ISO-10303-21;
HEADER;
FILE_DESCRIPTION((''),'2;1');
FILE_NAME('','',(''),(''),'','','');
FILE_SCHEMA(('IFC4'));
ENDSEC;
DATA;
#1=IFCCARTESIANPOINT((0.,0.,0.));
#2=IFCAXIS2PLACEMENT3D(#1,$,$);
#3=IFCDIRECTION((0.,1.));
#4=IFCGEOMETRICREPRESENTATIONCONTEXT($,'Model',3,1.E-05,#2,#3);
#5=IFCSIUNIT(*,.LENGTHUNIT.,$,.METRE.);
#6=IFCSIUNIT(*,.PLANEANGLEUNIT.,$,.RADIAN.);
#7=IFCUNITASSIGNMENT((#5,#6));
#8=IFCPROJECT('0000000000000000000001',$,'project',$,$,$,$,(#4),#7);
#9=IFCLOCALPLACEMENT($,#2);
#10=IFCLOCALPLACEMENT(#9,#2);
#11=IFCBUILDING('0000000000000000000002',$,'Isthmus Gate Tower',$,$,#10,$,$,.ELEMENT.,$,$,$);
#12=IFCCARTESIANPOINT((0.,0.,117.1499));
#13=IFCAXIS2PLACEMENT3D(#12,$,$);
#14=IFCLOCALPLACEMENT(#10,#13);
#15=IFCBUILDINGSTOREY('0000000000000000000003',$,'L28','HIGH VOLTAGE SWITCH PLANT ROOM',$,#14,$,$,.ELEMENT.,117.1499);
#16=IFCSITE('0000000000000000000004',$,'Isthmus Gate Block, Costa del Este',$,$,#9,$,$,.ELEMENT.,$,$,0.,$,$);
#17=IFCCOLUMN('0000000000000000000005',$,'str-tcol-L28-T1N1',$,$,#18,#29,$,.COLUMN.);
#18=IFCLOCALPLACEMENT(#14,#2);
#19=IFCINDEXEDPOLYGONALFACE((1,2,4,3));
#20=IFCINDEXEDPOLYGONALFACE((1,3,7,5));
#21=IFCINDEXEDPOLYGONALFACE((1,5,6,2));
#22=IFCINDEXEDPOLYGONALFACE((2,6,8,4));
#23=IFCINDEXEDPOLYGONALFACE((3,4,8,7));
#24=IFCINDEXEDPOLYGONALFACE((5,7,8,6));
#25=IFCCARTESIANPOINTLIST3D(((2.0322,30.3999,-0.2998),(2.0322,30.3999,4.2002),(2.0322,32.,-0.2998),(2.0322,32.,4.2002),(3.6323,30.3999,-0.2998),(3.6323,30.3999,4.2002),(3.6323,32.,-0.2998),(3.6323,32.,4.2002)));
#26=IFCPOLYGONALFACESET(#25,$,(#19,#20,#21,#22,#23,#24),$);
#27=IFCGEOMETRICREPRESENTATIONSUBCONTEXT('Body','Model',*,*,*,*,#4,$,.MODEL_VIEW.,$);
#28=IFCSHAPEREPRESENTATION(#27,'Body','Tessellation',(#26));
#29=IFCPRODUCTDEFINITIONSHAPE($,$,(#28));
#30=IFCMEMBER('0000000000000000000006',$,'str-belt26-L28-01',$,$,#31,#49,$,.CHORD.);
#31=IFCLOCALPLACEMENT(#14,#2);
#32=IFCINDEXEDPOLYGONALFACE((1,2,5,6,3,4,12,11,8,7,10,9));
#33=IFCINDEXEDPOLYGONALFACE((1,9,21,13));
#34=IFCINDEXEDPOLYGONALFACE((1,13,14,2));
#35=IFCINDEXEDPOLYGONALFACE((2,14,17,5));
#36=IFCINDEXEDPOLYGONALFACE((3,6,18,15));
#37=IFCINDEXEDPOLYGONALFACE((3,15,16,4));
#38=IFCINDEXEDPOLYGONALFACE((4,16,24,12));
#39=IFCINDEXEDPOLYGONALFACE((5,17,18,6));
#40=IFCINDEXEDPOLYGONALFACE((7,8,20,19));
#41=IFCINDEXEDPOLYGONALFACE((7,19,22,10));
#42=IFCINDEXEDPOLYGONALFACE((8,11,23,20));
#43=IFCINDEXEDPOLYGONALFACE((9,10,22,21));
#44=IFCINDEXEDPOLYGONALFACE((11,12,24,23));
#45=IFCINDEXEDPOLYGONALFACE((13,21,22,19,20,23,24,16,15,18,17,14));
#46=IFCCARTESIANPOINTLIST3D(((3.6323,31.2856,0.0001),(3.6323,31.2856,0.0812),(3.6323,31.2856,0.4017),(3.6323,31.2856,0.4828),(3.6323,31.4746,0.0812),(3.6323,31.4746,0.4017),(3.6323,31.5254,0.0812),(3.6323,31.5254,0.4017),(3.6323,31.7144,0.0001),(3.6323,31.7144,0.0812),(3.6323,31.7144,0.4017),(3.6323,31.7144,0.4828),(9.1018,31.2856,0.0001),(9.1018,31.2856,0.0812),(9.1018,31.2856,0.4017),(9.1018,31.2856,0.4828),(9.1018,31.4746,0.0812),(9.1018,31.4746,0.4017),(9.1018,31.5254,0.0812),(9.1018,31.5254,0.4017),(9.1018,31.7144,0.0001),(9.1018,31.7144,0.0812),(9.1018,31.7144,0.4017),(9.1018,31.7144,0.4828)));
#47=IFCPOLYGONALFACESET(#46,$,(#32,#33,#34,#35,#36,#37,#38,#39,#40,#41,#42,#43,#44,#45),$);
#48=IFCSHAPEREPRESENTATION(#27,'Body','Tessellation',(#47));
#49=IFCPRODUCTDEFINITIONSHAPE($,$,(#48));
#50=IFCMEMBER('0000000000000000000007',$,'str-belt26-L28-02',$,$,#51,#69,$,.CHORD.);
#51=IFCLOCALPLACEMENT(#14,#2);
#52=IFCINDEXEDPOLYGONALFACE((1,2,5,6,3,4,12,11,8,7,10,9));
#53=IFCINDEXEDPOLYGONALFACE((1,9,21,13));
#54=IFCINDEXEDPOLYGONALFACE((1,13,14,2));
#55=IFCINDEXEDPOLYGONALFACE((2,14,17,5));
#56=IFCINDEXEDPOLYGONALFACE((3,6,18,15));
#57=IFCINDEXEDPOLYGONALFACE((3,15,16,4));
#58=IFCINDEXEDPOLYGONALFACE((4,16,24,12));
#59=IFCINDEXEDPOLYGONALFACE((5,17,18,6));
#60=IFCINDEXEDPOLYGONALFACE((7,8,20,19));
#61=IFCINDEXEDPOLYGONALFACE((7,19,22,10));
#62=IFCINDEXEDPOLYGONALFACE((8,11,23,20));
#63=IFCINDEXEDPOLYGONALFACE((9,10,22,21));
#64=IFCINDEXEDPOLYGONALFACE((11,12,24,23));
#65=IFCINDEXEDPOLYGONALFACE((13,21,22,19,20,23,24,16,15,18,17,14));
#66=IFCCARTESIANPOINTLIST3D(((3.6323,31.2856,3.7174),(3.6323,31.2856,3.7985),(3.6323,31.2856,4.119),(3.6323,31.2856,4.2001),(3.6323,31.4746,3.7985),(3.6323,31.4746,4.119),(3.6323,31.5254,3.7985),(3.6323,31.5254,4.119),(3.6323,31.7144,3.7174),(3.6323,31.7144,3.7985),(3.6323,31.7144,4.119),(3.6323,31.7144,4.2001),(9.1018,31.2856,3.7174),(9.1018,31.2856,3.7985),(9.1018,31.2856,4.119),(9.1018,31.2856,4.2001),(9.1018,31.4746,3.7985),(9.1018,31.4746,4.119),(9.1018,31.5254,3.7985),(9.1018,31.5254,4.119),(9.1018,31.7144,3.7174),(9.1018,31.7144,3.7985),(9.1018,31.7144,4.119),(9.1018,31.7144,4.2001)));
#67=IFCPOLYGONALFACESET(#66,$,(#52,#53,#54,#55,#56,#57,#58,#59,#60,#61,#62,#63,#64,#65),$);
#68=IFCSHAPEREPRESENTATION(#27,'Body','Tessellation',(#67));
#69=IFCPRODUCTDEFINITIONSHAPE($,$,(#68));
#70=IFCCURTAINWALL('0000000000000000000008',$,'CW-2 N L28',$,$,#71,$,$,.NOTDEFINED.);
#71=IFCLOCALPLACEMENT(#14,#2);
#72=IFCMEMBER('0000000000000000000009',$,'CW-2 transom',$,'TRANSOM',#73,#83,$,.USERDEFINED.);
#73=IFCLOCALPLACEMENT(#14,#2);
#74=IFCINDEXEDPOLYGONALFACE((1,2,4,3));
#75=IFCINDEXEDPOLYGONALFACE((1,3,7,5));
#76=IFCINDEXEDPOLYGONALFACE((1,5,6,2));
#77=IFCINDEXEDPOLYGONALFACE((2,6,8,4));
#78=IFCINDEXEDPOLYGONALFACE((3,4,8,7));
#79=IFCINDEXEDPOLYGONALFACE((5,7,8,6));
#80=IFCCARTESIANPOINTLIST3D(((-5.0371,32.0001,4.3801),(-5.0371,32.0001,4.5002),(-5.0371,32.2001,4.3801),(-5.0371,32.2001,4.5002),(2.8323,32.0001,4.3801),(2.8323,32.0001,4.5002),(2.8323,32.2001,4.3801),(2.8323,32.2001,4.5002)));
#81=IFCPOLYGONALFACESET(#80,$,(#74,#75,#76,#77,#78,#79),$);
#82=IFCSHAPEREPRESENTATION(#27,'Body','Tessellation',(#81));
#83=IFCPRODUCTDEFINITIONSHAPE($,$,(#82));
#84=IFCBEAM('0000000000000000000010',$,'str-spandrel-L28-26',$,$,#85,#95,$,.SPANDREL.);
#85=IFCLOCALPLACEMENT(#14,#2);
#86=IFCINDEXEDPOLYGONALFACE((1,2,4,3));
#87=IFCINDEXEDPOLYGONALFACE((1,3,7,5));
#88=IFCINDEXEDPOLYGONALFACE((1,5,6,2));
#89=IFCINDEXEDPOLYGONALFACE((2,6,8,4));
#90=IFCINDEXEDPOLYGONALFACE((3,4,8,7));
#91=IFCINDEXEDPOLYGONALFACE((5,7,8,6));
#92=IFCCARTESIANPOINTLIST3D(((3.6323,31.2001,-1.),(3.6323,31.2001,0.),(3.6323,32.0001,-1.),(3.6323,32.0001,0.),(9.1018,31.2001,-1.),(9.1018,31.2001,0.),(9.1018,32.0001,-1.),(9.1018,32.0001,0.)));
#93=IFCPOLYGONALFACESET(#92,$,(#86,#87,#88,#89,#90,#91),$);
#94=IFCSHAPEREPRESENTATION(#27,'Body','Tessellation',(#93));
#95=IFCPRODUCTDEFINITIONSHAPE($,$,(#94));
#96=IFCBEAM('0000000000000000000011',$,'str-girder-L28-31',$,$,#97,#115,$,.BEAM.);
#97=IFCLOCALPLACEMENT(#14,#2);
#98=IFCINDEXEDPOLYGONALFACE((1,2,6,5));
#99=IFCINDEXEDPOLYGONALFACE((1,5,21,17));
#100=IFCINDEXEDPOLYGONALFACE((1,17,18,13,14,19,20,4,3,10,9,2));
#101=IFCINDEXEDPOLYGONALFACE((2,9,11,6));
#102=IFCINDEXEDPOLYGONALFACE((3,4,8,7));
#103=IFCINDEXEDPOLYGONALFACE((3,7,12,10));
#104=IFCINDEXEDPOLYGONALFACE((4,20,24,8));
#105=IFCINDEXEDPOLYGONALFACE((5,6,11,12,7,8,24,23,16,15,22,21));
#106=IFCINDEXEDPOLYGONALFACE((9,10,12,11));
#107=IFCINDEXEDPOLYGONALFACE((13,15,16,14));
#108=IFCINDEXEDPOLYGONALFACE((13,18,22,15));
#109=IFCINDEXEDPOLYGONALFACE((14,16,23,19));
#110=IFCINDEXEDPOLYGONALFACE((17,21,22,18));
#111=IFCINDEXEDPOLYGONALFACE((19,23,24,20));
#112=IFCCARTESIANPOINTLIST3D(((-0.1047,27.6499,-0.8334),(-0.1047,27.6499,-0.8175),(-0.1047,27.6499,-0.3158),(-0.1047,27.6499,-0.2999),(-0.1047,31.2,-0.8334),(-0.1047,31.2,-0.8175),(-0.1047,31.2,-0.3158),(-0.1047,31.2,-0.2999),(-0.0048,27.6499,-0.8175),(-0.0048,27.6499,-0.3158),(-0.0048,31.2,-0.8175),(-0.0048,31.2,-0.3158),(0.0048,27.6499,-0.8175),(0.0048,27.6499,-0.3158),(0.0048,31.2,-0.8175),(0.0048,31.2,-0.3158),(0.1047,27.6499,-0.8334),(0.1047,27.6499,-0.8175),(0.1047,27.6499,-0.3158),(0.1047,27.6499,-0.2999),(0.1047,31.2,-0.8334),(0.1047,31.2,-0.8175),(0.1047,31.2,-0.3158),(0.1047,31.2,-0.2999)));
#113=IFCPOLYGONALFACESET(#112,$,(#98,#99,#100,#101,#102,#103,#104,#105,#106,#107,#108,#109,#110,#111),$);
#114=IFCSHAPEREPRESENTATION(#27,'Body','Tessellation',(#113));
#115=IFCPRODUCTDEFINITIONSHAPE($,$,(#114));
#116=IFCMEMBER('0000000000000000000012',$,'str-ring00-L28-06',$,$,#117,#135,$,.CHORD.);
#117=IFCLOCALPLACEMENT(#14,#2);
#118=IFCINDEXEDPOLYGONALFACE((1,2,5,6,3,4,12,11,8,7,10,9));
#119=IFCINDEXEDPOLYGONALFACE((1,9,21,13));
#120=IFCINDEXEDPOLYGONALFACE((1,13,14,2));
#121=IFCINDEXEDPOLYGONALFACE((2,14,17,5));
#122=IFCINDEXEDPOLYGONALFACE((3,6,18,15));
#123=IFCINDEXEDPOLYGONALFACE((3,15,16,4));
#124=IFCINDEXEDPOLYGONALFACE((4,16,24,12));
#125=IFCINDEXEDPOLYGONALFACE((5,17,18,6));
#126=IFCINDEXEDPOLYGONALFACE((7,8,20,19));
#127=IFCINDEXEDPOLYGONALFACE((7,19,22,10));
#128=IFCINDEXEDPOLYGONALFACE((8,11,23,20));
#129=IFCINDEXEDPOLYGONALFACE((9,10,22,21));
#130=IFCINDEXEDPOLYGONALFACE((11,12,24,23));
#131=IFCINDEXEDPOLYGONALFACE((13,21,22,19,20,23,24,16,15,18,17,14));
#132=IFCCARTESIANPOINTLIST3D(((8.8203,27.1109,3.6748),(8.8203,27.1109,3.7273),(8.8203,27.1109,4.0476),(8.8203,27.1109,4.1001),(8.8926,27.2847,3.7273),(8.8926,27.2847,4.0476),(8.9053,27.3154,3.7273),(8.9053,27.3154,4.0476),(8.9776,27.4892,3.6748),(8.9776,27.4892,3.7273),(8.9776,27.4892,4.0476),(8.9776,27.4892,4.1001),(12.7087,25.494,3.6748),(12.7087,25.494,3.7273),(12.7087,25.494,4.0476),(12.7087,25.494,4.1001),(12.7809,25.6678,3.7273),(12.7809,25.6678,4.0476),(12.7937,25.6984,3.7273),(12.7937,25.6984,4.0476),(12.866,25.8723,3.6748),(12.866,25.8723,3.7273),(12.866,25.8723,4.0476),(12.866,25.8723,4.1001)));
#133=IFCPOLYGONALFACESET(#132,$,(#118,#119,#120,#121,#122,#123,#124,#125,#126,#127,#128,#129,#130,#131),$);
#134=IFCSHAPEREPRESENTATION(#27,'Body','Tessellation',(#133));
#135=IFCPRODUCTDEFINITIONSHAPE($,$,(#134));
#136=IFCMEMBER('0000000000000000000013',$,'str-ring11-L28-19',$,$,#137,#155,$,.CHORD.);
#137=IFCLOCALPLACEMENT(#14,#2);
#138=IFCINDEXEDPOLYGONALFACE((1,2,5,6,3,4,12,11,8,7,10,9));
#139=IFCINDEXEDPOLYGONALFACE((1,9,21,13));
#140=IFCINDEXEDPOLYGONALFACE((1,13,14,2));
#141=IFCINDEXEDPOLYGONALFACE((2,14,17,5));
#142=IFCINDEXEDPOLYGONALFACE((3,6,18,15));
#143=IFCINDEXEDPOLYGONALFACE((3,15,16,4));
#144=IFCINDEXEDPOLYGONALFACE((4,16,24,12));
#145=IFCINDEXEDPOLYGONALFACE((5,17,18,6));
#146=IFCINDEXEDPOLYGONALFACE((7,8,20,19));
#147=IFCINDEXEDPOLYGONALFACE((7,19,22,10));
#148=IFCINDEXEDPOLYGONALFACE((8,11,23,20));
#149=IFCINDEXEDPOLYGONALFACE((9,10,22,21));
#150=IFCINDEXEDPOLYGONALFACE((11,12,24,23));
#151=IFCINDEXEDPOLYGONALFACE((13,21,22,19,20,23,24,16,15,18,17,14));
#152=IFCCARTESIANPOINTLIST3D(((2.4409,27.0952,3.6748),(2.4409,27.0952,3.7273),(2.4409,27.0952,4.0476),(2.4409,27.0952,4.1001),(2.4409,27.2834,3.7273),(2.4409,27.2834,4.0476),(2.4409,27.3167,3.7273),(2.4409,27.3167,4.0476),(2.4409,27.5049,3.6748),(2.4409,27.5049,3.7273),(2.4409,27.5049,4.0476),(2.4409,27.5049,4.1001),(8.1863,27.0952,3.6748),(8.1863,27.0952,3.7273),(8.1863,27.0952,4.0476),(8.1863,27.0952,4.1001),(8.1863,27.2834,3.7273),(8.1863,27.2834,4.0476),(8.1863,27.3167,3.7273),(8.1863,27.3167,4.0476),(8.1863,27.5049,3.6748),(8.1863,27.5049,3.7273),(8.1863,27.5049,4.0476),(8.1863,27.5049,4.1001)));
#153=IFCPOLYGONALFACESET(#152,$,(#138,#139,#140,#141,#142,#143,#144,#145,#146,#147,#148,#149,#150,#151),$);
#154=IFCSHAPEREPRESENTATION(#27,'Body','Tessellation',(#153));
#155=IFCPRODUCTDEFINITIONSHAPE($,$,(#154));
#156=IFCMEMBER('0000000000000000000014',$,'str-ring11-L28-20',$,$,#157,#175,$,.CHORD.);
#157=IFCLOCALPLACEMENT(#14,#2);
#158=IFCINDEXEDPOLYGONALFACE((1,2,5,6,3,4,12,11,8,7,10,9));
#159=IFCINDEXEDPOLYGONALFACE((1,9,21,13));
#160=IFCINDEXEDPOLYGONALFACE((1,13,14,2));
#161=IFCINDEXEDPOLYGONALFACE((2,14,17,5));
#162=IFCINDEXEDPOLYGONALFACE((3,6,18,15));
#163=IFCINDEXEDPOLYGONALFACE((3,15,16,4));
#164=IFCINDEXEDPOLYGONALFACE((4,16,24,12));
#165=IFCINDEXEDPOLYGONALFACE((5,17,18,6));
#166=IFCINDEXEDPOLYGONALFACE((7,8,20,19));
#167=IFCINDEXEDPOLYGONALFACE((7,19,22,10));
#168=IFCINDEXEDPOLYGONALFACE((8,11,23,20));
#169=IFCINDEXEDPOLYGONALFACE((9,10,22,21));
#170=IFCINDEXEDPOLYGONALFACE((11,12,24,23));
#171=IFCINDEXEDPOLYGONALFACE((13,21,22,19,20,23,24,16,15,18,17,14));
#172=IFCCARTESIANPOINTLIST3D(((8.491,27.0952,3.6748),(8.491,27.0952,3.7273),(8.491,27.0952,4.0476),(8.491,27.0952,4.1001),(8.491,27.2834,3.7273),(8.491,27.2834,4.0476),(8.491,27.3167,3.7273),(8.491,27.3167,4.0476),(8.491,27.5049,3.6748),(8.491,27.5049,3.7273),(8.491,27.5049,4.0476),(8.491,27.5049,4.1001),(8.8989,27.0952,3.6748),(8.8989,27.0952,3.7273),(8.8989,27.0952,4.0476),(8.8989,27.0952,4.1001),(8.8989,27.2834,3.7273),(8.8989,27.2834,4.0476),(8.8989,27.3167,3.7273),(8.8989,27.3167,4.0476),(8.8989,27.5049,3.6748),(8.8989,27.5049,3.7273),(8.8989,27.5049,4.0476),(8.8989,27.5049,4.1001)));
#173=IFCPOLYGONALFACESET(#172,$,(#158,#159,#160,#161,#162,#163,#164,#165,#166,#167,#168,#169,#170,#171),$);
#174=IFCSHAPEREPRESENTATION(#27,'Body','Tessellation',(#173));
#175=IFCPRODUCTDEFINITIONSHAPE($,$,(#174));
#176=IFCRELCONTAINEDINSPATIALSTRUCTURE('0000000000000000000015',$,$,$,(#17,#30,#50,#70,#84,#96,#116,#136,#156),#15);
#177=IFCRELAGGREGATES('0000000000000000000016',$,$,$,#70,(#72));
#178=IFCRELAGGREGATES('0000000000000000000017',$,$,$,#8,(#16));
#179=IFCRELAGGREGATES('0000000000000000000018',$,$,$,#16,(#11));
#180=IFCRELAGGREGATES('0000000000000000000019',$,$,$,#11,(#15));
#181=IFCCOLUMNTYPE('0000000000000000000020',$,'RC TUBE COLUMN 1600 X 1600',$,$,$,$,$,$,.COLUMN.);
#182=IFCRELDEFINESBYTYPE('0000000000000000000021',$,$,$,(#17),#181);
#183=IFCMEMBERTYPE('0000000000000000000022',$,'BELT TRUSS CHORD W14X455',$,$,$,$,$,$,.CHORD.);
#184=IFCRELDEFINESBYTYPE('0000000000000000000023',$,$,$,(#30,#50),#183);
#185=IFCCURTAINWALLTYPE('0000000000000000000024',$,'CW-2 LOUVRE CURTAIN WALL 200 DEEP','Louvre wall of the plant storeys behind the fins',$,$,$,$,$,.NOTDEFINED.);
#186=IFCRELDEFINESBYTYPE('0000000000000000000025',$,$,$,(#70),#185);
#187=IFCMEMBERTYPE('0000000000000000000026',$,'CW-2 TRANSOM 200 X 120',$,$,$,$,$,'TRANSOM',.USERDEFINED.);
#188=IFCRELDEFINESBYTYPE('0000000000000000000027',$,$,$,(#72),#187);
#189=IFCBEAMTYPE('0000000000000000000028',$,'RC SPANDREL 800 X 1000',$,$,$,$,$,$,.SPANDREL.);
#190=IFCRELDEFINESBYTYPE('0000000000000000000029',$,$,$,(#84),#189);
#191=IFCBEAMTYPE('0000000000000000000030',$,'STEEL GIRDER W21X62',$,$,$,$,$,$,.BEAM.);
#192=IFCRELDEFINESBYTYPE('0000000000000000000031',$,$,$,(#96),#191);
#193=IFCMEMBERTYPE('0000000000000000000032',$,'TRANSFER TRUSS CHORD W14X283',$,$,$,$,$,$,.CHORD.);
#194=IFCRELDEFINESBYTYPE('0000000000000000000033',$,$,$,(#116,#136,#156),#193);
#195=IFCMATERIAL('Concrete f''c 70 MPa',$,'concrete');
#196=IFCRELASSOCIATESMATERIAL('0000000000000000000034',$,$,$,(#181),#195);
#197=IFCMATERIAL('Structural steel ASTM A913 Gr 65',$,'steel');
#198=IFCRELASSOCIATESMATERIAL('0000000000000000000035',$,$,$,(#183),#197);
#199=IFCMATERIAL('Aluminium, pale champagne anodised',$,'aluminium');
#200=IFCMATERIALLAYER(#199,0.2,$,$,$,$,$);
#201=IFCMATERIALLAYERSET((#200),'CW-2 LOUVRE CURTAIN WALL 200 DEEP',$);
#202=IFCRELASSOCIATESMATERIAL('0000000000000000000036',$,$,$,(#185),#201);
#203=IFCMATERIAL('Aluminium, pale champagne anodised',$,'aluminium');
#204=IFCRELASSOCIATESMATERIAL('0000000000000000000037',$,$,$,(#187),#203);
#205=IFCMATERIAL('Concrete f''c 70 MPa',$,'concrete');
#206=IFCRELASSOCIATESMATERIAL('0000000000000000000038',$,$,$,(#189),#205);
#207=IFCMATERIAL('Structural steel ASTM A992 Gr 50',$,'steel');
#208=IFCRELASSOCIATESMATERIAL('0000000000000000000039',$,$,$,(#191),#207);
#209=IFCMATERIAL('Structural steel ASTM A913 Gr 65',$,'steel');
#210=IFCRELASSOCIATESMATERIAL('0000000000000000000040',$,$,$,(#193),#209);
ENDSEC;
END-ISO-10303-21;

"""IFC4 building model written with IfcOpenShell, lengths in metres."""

from ifc_helpers import new_model, si_unit, direction, frame, origin, origin_2d, place, context, subcontext, project, spatial, rectangle, i_section, extrude, material, layer, layer_set, material_profile, profile_set, type_object, element, aggregate, save


model = new_model("IFC4")

# Units and contexts
model_context = context("Model", 3, precision=1e-05, world=origin(), true_north=direction((0.0, 1.0)))
body_context = subcontext(model_context, "Body", "Model", "MODEL_VIEW")
ifc_project = project(units=[si_unit("LENGTHUNIT", "METRE"), si_unit("PLANEANGLEUNIT", "RADIAN")], contexts=[model_context])

# Site, building, storey
site_placement = place(None, origin())
site = spatial("IfcSite", under=ifc_project, at=site_placement, Name="Isthmus Gate Block, Costa del Este", CompositionType="ELEMENT", RefElevation=0.0)
building_placement = place(site_placement, origin())
building = spatial("IfcBuilding", under=site, at=building_placement, Name="Isthmus Gate Tower", CompositionType="ELEMENT")
storey_placement = place(building_placement, frame((0.0, 0.0, 117.1499)))
storey = spatial("IfcBuildingStorey", under=building, at=storey_placement, Name="L28", Description="HIGH VOLTAGE SWITCH PLANT ROOM", CompositionType="ELEMENT", Elevation=117.1499)

# Column
ifc_material_1 = material(Name="Concrete f'c 70 MPa", Category="concrete")
ifc_material_profile_1 = material_profile(ifc_material_1, rectangle(XDim=1.6001, YDim=1.6001, at=origin_2d()), Name="RC 1600X1600")
ifc_profile_set_1 = profile_set([ifc_material_profile_1], Name="Concrete f'c 70 MPa")
column_type = type_object("IfcColumnType", Name="RC TUBE COLUMN 1600 X 1600", PredefinedType="COLUMN", material=ifc_profile_set_1)
column_placement = place(storey_placement, frame((2.8323, 31.2, -0.2998), z_axis=(0.0, 0.0, 1.0), x_axis=(-1.0, 0.0, 0.0)))
element("IfcColumn", 1, at=column_placement, inside=storey, type_object=column_type, Name="str-tcol-L28-T1N1", PredefinedType="COLUMN", context=body_context, shape_type="SweptSolid", body=[
    extrude(rectangle(XDim=1.6001, YDim=1.6001, at=origin_2d()), origin(), (0.0, 0.0, 1.0), 4.5),
])

# Members
ifc_material_2 = material(Name="Structural steel ASTM A913 Gr 65", Category="steel")
ifc_material_profile_2 = material_profile(ifc_material_2, i_section(OverallWidth=0.4287, OverallDepth=0.4827, WebThickness=0.0508, FlangeThickness=0.0811, at=origin_2d()), Name="W14X455")
ifc_profile_set_2 = profile_set([ifc_material_profile_2], Name="Structural steel ASTM A913 Gr 65")
member_type_1 = type_object("IfcMemberType", Name="BELT TRUSS CHORD W14X455", PredefinedType="CHORD", material=ifc_profile_set_2)
for number, where, z_axis, x_axis, name in (
    (2, (3.6323, 31.5, 0.2415), (1.0, 0.0, 0.0), (0.0, 1.0, 0.0), "str-belt26-L28-01"),
    (3, (3.6323, 31.5, 3.9587), (1.0, 0.0, 0.0), (0.0, 1.0, 0.0), "str-belt26-L28-02"),
):
    element("IfcMember", number, at=place(storey_placement, frame(where, z_axis=z_axis, x_axis=x_axis)), inside=storey, type_object=member_type_1, Name=name, PredefinedType="CHORD", context=body_context, shape_type="SweptSolid", body=[
        extrude(i_section(OverallWidth=0.4287, OverallDepth=0.4827, WebThickness=0.0508, FlangeThickness=0.0811, at=origin_2d()), origin(), (0.0, 0.0, 1.0), 5.4695),
    ])

# Curtain wall, member
ifc_material_3 = material(Name="Aluminium, pale champagne anodised", Category="aluminium")
ifc_layer_1 = layer(ifc_material_3, 0.2)
ifc_layer_set_1 = layer_set([ifc_layer_1], Name="CW-2 LOUVRE CURTAIN WALL 200 DEEP")
curtain_wall_type = type_object("IfcCurtainWallType", Name="CW-2 LOUVRE CURTAIN WALL 200 DEEP", Description="Louvre wall of the plant storeys behind the fins", PredefinedType="NOTDEFINED", material=ifc_layer_set_1)
curtain_wall_placement = place(storey_placement, origin())
curtain_wall = element("IfcCurtainWall", 4, at=curtain_wall_placement, inside=storey, type_object=curtain_wall_type, Name="CW-2 N L28", PredefinedType="NOTDEFINED")
ifc_material_4 = material(Name="Aluminium, pale champagne anodised", Category="aluminium")
ifc_material_profile_3 = material_profile(ifc_material_4, rectangle(XDim=0.2, YDim=0.1201, at=origin_2d()), Name="200x120")
ifc_profile_set_3 = profile_set([ifc_material_profile_3], Name="Aluminium, pale champagne anodised")
member_type_2 = type_object("IfcMemberType", Name="CW-2 TRANSOM 200 X 120", ElementType="TRANSOM", PredefinedType="USERDEFINED", material=ifc_profile_set_3)
member_1_placement = place(storey_placement, frame((2.8323, 32.1001, 4.4402), z_axis=(-1.0, 0.0, 0.0), x_axis=(0.0, -1.0, 0.0)))
member_1 = element("IfcMember", 5, at=member_1_placement, type_object=member_type_2, Name="CW-2 transom", ObjectType="TRANSOM", PredefinedType="USERDEFINED", context=body_context, shape_type="SweptSolid", body=[
    extrude(rectangle(XDim=0.2, YDim=0.1201, at=origin_2d()), origin(), (0.0, 0.0, 1.0), 7.8694),
])

# Beams
ifc_material_5 = material(Name="Concrete f'c 70 MPa", Category="concrete")
ifc_material_profile_4 = material_profile(ifc_material_5, rectangle(XDim=0.8, YDim=1.0, at=origin_2d()), Name="RC 800X1000")
ifc_profile_set_4 = profile_set([ifc_material_profile_4], Name="Concrete f'c 70 MPa")
beam_type_1 = type_object("IfcBeamType", Name="RC SPANDREL 800 X 1000", PredefinedType="SPANDREL", material=ifc_profile_set_4)
beam_1_placement = place(storey_placement, frame((3.6323, 31.6001, -0.5), z_axis=(1.0, 0.0, 0.0), x_axis=(0.0, 1.0, 0.0)))
element("IfcBeam", 6, at=beam_1_placement, inside=storey, type_object=beam_type_1, Name="str-spandrel-L28-26", PredefinedType="SPANDREL", context=body_context, shape_type="SweptSolid", body=[
    extrude(rectangle(XDim=0.8, YDim=1.0, at=origin_2d()), origin(), (0.0, 0.0, 1.0), 5.4695),
])
ifc_material_6 = material(Name="Structural steel ASTM A992 Gr 50", Category="steel")
ifc_material_profile_5 = material_profile(ifc_material_6, i_section(OverallWidth=0.2095, OverallDepth=0.5334, WebThickness=0.0095, FlangeThickness=0.0159, at=origin_2d()), Name="W21X62")
ifc_profile_set_5 = profile_set([ifc_material_profile_5], Name="Structural steel ASTM A992 Gr 50")
beam_type_2 = type_object("IfcBeamType", Name="STEEL GIRDER W21X62", PredefinedType="BEAM", material=ifc_profile_set_5)
beam_2_placement = place(storey_placement, frame((0.0, 27.6499, -0.5667), z_axis=(0.0, 1.0, 0.0), x_axis=(-1.0, 0.0, 0.0)))
element("IfcBeam", 7, at=beam_2_placement, inside=storey, type_object=beam_type_2, Name="str-girder-L28-31", PredefinedType="BEAM", context=body_context, shape_type="SweptSolid", body=[
    extrude(i_section(OverallWidth=0.2095, OverallDepth=0.5334, WebThickness=0.0095, FlangeThickness=0.0159, at=origin_2d()), origin(), (0.0, 0.0, 1.0), 3.55),
])

# Members
ifc_material_7 = material(Name="Structural steel ASTM A913 Gr 65", Category="steel")
ifc_material_profile_6 = material_profile(ifc_material_7, i_section(OverallWidth=0.4097, OverallDepth=0.4253, WebThickness=0.0332, FlangeThickness=0.0525, at=origin_2d()), Name="W14X283")
ifc_profile_set_6 = profile_set([ifc_material_profile_6], Name="Structural steel ASTM A913 Gr 65")
member_type_3 = type_object("IfcMemberType", Name="TRANSFER TRUSS CHORD W14X283", PredefinedType="CHORD", material=ifc_profile_set_6)
member_2_placement = place(storey_placement, frame((8.8989, 27.3, 3.8875), z_axis=(0.923349, -0.383961, 0.0), x_axis=(0.383961, 0.923349, 0.0)))
element("IfcMember", 8, at=member_2_placement, inside=storey, type_object=member_type_3, Name="str-ring00-L28-06", PredefinedType="CHORD", context=body_context, shape_type="SweptSolid", body=[
    extrude(i_section(OverallWidth=0.4097, OverallDepth=0.4253, WebThickness=0.0332, FlangeThickness=0.0525, at=origin_2d()), origin(), (0.0, 0.0, 1.0), 4.2112),
])
member_3_placement = place(storey_placement, frame((2.4409, 27.3, 3.8875), z_axis=(1.0, 0.0, 0.0), x_axis=(0.0, 1.0, 0.0)))
element("IfcMember", 9, at=member_3_placement, inside=storey, type_object=member_type_3, Name="str-ring11-L28-19", PredefinedType="CHORD", context=body_context, shape_type="SweptSolid", body=[
    extrude(i_section(OverallWidth=0.4097, OverallDepth=0.4253, WebThickness=0.0332, FlangeThickness=0.0525, at=origin_2d()), origin(), (0.0, 0.0, 1.0), 5.7454),
])
member_4_placement = place(storey_placement, frame((8.491, 27.3, 3.8875), z_axis=(1.0, 0.0, 0.0), x_axis=(0.0, 1.0, 0.0)))
element("IfcMember", 10, at=member_4_placement, inside=storey, type_object=member_type_3, Name="str-ring11-L28-20", PredefinedType="CHORD", context=body_context, shape_type="SweptSolid", body=[
    extrude(i_section(OverallWidth=0.4097, OverallDepth=0.4253, WebThickness=0.0332, FlangeThickness=0.0525, at=origin_2d()), origin(), (0.0, 0.0, 1.0), 0.408),
])

aggregate(curtain_wall, [member_1])

save(model, "model.ifc")
